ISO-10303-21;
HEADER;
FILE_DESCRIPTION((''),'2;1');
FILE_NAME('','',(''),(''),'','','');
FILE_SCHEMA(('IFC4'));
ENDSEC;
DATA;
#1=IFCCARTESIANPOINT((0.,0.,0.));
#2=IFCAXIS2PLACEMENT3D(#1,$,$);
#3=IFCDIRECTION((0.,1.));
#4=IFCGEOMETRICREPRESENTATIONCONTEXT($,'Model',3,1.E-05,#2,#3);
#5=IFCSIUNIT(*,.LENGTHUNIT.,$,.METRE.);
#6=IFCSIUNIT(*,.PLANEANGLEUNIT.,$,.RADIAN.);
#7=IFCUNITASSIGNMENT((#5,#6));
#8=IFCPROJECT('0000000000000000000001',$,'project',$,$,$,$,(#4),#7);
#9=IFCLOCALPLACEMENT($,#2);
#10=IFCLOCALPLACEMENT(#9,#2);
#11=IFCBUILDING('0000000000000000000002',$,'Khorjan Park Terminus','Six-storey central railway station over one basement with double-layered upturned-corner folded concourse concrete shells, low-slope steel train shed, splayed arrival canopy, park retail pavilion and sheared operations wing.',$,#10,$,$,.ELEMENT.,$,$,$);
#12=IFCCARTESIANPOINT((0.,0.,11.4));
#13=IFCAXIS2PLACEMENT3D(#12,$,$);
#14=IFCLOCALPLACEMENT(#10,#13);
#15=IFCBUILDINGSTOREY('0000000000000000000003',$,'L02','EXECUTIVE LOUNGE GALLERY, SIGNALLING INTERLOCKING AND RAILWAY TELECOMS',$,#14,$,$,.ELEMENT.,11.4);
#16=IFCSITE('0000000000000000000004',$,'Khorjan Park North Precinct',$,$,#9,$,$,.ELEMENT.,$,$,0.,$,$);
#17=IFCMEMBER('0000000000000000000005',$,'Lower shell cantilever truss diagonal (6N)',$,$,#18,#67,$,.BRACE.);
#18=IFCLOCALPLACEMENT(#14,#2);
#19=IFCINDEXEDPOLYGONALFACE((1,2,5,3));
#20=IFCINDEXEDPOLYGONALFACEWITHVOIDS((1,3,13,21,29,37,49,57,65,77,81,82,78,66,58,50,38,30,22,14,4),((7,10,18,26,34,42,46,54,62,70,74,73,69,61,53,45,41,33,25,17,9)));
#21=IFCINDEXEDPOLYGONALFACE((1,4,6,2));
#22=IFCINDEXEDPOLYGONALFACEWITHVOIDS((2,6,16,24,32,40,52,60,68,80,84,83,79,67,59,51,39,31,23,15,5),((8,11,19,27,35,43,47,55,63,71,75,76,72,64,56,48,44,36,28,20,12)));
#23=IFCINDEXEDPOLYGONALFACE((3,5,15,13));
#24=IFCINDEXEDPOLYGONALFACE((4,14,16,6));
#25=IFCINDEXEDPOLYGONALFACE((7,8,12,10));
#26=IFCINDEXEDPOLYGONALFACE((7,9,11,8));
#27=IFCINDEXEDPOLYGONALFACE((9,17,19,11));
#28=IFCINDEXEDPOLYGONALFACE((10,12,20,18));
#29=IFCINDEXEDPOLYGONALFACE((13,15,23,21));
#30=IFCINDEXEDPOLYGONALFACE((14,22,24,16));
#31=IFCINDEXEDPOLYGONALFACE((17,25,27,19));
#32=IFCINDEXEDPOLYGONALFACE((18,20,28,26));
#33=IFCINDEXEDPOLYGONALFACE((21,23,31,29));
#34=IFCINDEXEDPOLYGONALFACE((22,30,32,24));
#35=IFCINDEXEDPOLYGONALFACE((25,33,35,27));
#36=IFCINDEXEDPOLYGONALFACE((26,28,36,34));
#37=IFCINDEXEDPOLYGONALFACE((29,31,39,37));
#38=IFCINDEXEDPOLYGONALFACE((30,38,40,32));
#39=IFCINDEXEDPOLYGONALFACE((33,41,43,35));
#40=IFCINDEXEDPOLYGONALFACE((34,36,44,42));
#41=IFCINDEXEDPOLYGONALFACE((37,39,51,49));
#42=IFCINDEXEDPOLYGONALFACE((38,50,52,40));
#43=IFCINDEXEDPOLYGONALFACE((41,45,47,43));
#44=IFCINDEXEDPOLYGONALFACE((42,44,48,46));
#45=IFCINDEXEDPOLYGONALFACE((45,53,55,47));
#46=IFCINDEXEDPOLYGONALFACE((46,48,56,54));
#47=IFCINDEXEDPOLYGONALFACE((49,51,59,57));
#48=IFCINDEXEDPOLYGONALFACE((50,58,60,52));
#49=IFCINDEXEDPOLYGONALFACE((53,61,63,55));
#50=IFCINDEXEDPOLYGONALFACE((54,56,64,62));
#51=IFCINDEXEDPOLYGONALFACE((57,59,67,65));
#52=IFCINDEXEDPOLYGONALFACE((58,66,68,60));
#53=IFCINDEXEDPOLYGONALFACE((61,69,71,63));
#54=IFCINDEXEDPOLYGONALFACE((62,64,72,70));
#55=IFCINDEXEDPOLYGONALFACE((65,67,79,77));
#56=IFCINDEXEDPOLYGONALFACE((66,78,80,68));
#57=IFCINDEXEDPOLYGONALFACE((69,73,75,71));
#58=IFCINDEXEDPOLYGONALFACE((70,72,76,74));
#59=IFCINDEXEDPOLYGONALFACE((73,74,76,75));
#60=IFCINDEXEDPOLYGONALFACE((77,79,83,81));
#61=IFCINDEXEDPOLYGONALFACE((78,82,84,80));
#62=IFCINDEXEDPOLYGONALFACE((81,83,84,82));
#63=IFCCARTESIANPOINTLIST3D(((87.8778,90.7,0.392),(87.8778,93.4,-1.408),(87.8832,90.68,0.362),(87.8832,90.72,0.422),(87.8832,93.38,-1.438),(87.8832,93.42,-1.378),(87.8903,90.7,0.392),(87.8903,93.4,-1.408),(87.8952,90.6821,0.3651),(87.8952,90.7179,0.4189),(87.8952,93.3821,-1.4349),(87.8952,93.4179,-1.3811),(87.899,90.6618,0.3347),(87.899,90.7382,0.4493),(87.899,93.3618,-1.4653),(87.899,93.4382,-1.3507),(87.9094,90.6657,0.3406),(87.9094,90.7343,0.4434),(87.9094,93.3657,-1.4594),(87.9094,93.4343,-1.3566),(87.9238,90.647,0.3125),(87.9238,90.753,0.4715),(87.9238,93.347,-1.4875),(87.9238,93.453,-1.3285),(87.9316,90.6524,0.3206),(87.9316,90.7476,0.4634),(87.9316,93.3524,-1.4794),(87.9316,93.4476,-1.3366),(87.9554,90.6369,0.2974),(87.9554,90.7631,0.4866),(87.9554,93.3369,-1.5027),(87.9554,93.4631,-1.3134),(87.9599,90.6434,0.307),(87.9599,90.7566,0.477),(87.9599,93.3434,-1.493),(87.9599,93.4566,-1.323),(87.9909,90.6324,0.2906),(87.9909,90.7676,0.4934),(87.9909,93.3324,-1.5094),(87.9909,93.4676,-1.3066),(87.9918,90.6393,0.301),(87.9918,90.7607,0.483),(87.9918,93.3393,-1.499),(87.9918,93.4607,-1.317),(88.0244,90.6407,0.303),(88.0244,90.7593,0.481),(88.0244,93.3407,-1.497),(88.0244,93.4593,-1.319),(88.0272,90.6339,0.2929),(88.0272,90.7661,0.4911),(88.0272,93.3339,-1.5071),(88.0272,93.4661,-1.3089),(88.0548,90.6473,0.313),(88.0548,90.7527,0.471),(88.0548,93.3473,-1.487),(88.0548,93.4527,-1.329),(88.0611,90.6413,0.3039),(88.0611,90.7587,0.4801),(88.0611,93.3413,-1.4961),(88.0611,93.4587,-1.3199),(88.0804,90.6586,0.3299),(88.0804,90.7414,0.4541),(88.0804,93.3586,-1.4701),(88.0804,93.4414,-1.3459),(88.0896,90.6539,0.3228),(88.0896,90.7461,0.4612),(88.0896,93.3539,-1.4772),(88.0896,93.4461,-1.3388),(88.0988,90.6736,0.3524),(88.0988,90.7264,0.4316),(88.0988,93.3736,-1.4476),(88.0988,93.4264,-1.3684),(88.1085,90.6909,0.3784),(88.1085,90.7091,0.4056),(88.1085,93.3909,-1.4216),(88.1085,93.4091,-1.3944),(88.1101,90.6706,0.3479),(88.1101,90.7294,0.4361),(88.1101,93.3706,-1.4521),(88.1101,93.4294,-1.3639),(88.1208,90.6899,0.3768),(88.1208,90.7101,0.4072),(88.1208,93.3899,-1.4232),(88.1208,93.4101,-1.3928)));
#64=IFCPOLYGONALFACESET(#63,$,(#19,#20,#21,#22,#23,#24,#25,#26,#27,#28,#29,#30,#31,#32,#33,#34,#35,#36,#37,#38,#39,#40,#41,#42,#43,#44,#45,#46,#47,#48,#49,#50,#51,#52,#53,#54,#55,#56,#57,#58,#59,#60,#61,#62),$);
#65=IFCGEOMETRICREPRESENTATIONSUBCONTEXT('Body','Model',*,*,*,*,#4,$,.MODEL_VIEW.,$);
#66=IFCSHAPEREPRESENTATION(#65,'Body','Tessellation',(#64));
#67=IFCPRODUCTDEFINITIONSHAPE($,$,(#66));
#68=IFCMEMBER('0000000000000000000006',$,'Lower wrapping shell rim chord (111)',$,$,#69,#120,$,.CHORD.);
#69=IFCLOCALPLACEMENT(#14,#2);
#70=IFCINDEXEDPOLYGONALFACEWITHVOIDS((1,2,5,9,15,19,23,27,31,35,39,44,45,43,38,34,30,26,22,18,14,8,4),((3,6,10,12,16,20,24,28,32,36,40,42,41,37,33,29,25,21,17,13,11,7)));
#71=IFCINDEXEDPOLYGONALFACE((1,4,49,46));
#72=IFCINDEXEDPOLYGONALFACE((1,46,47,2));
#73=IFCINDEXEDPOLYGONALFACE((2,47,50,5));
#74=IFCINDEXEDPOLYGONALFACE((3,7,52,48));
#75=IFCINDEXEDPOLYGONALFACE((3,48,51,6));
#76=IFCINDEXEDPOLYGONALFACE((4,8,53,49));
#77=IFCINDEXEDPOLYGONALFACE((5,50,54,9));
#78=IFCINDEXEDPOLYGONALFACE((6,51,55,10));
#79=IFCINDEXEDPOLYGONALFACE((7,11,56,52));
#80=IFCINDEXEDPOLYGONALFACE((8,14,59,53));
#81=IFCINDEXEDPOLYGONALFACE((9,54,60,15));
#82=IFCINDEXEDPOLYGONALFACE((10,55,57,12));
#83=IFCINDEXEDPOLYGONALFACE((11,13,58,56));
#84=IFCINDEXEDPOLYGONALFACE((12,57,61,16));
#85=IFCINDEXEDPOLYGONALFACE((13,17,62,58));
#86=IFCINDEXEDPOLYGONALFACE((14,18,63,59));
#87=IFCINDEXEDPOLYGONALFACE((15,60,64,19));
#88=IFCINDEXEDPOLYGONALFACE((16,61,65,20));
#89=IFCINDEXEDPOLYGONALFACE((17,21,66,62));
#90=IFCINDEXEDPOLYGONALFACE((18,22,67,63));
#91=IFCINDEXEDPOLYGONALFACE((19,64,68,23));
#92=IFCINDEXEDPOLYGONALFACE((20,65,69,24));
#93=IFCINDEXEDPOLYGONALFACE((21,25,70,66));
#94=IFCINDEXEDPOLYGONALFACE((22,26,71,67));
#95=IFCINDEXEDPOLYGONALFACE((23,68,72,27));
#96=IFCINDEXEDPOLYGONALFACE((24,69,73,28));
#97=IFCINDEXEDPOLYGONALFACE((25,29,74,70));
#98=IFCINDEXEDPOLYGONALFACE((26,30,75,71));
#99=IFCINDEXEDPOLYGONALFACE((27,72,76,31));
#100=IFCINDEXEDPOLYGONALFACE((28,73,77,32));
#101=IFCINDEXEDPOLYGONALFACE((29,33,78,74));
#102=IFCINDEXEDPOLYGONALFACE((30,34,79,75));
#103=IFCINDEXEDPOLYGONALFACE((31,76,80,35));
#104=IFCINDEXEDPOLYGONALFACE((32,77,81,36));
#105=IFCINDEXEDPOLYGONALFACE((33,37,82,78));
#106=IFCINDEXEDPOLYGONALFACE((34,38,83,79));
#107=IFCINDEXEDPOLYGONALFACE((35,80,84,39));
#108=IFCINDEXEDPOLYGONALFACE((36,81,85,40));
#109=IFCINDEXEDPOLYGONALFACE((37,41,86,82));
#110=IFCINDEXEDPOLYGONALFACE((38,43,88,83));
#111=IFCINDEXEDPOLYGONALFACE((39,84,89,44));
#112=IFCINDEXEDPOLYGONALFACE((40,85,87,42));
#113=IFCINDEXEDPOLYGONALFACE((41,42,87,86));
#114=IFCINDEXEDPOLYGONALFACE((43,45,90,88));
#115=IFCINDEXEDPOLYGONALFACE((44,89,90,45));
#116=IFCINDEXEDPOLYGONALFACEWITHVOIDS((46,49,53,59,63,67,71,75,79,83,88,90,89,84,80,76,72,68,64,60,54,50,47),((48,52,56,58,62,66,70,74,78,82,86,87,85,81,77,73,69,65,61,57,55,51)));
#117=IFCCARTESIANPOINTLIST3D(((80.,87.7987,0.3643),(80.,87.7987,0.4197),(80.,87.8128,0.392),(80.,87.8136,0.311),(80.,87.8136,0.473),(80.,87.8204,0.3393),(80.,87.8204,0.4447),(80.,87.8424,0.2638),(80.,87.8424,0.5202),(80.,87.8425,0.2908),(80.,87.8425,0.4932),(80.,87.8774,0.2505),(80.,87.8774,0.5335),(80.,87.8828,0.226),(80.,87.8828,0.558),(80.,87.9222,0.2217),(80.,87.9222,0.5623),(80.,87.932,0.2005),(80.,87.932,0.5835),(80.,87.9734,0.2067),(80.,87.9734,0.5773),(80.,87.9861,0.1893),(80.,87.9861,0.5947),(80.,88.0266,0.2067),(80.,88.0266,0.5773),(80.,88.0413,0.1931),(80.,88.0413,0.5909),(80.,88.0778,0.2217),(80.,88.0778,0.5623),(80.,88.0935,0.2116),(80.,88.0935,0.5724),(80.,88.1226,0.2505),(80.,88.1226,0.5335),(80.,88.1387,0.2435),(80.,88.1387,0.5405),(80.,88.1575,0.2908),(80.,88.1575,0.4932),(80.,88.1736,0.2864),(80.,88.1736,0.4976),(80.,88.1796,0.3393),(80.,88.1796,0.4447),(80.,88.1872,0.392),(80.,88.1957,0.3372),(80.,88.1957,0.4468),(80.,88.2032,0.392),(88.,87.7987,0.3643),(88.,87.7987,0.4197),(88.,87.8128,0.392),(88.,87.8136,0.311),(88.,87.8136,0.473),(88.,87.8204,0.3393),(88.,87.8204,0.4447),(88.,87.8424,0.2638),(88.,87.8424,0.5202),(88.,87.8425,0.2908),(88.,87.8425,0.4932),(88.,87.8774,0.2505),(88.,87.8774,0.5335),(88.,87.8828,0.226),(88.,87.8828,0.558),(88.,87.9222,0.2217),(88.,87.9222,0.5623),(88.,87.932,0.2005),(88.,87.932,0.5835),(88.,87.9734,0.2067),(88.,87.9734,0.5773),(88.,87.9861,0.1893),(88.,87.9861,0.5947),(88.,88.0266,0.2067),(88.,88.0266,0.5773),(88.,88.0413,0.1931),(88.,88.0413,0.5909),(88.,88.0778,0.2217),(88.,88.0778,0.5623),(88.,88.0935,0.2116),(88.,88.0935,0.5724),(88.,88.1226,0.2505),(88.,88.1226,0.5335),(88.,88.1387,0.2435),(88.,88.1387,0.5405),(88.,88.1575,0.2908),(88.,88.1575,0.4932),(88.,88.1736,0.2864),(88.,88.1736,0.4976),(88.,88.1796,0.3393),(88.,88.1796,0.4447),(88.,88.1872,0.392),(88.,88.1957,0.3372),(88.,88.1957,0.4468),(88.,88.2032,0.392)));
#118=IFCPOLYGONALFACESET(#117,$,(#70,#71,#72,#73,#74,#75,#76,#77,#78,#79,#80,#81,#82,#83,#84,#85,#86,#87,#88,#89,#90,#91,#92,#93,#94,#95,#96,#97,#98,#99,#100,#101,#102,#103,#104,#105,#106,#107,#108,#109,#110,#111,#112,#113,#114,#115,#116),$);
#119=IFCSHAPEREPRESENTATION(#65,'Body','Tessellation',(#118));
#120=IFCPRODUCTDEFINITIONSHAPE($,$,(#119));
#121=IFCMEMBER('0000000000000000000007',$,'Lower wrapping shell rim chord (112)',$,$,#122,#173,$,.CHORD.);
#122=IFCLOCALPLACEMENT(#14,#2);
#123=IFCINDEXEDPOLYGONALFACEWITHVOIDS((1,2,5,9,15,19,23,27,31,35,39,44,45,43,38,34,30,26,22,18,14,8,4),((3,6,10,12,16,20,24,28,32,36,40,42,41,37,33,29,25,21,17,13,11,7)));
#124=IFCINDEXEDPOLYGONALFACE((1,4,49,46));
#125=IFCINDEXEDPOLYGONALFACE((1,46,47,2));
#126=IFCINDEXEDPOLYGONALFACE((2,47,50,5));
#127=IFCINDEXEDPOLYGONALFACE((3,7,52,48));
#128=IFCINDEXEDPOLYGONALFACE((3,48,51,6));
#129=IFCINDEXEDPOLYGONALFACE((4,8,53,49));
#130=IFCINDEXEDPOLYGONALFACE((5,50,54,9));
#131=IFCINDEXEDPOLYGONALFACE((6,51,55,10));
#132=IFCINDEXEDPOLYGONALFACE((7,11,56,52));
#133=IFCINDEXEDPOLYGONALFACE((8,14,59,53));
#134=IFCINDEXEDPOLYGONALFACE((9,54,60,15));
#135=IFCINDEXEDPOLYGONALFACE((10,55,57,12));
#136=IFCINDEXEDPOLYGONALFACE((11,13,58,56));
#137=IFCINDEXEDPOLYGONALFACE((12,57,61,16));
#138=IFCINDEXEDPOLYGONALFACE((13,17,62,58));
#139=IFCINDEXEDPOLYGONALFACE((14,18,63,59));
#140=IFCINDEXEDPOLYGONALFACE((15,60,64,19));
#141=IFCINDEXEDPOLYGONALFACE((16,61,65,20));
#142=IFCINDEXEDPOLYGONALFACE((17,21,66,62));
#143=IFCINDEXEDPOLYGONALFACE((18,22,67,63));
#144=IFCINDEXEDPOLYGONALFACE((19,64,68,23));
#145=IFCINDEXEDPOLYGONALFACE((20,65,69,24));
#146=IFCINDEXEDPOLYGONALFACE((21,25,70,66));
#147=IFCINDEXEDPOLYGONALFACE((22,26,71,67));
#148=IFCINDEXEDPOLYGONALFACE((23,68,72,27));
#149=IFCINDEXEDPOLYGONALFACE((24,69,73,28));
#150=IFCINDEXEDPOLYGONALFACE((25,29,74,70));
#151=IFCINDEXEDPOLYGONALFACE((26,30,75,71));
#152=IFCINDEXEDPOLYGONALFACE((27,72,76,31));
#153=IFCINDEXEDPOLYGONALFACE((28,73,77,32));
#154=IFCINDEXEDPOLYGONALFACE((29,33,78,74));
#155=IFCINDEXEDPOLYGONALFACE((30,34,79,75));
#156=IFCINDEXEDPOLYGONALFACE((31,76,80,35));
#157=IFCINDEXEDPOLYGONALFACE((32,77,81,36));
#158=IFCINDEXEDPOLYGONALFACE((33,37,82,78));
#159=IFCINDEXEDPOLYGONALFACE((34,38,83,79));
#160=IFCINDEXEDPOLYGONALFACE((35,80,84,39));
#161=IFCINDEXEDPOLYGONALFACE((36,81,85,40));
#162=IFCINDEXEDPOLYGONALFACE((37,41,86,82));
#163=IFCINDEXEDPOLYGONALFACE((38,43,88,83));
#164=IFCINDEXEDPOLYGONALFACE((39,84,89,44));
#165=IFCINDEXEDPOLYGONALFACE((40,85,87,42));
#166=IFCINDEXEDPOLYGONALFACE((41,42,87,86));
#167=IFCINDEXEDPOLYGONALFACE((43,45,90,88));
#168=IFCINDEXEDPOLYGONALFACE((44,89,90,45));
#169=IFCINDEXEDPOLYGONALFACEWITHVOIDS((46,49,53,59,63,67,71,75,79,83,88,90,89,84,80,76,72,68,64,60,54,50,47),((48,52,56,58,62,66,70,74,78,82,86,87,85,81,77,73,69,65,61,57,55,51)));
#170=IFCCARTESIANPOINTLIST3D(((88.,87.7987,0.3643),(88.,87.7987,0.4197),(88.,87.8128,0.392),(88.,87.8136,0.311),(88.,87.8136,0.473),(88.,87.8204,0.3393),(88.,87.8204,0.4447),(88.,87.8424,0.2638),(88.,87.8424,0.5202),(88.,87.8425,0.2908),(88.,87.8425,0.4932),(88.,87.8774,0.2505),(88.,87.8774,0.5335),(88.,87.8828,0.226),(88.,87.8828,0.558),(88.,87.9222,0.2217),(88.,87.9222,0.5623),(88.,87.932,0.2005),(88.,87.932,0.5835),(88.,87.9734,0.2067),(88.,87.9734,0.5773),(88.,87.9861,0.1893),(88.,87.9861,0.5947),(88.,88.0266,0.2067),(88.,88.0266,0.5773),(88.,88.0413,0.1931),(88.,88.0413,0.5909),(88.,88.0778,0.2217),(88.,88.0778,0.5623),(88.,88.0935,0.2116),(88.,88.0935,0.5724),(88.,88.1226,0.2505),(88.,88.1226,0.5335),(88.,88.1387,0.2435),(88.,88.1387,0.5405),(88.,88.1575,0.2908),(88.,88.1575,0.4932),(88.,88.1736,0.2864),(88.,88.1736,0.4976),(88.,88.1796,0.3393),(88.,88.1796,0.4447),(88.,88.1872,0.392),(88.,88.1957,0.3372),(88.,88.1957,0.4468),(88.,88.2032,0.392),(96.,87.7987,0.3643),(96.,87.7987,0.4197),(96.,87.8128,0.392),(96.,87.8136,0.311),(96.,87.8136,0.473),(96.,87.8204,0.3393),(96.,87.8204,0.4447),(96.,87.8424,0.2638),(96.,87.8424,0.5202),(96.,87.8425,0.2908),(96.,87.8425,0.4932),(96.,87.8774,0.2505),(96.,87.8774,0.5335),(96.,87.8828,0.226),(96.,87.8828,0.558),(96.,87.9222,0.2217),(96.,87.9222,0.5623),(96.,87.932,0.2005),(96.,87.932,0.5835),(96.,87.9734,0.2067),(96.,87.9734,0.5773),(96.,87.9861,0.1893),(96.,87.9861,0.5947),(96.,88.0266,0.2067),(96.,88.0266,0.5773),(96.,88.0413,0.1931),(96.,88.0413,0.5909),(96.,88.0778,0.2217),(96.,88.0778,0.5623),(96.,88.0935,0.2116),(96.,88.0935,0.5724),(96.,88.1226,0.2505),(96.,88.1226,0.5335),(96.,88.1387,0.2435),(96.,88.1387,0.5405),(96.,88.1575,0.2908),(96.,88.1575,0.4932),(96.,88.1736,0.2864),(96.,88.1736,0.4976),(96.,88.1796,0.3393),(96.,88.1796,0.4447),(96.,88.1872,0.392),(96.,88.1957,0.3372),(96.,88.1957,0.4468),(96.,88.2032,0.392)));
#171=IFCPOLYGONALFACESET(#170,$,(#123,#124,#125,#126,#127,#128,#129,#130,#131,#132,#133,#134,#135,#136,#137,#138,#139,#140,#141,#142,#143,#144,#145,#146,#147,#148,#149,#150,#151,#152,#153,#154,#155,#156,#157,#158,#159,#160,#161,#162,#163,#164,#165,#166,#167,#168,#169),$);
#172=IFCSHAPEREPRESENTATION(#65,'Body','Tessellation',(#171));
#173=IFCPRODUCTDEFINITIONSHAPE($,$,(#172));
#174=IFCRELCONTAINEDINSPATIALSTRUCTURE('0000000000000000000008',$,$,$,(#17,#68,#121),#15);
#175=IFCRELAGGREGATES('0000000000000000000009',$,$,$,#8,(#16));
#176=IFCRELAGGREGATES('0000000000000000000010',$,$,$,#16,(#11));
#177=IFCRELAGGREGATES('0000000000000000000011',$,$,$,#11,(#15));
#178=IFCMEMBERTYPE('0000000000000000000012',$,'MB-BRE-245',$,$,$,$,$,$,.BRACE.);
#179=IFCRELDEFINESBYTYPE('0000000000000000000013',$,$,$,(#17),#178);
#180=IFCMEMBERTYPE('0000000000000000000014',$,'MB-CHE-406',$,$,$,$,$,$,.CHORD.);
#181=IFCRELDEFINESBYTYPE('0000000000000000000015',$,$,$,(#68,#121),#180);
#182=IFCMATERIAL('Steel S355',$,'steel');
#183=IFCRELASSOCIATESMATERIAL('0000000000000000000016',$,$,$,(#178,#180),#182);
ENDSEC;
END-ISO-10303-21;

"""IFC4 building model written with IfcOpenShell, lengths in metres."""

from ifc_helpers import new_model, si_unit, direction, frame, origin, origin_2d, place, context, subcontext, project, spatial, hollow_circle, extrude, material, material_profile, profile_set, type_object, element, save


model = new_model("IFC4")

# Units and contexts
model_context = context("Model", 3, precision=1e-05, world=origin(), true_north=direction((0.0, 1.0)))
body_context = subcontext(model_context, "Body", "Model", "MODEL_VIEW")
ifc_project = project(units=[si_unit("LENGTHUNIT", "METRE"), si_unit("PLANEANGLEUNIT", "RADIAN")], contexts=[model_context])

# Site, building, storey
site_placement = place(None, origin())
site = spatial("IfcSite", under=ifc_project, at=site_placement, Name="Khorjan Park North Precinct", CompositionType="ELEMENT", RefElevation=0.0)
building_placement = place(site_placement, origin())
building = spatial("IfcBuilding", under=site, at=building_placement, Name="Khorjan Park Terminus", Description="Six-storey central railway station over one basement with double-layered upturned-corner folded concourse concrete shells, low-slope steel train shed, splayed arrival canopy, park retail pavilion and sheared operations wing.", CompositionType="ELEMENT")
storey_placement = place(building_placement, frame((0.0, 0.0, 11.4)))
storey = spatial("IfcBuildingStorey", under=building, at=storey_placement, Name="L02", Description="EXECUTIVE LOUNGE GALLERY, SIGNALLING INTERLOCKING AND RAILWAY TELECOMS", CompositionType="ELEMENT", Elevation=11.4)

# Members
ifc_material_1 = material(Name="Steel S355", Category="steel")
ifc_material_profile_1 = material_profile(ifc_material_1, hollow_circle(Radius=0.1222, WallThickness=0.0125, at=origin_2d()), Name="CHS 244.5x12.5")
ifc_profile_set_1 = profile_set([ifc_material_profile_1], Name="Steel S355")
member_type_1 = type_object("IfcMemberType", Name="MB-BRE-245", PredefinedType="BRACE", material=ifc_profile_set_1)
member_1_placement = place(storey_placement, frame((88.0, 90.7, 0.392), z_axis=(0.0, 0.83205, -0.5547), x_axis=(-1.0, 0.0, 0.0)))
element("IfcMember", 1, at=member_1_placement, inside=storey, type_object=member_type_1, Name="Lower shell cantilever truss diagonal (6N)", PredefinedType="BRACE", context=body_context, shape_type="SweptSolid", body=[
    extrude(hollow_circle(Radius=0.1222, WallThickness=0.0125, at=origin_2d()), origin(), (0.0, 0.0, 1.0), 3.245),
])
ifc_material_profile_2 = material_profile(ifc_material_1, hollow_circle(Radius=0.2032, WallThickness=0.016, at=origin_2d()), Name="CHS 406.4x16")
ifc_profile_set_2 = profile_set([ifc_material_profile_2], Name="Steel S355")
member_type_2 = type_object("IfcMemberType", Name="MB-CHE-406", PredefinedType="CHORD", material=ifc_profile_set_2)
for number, where, z_axis, x_axis, name in (
    (2, (80.0, 88.0, 0.392), (1.0, 0.0, 0.0), (0.0, 1.0, 0.0), "Lower wrapping shell rim chord (111)"),
    (3, (88.0, 88.0, 0.392), (1.0, 0.0, 0.0), (0.0, 1.0, 0.0), "Lower wrapping shell rim chord (112)"),
):
    element("IfcMember", number, at=place(storey_placement, frame(where, z_axis=z_axis, x_axis=x_axis)), inside=storey, type_object=member_type_2, Name=name, PredefinedType="CHORD", context=body_context, shape_type="SweptSolid", body=[
        extrude(hollow_circle(Radius=0.2032, WallThickness=0.016, at=origin_2d()), origin(), (0.0, 0.0, 1.0), 8.0),
    ])

save(model, "model.ifc")
